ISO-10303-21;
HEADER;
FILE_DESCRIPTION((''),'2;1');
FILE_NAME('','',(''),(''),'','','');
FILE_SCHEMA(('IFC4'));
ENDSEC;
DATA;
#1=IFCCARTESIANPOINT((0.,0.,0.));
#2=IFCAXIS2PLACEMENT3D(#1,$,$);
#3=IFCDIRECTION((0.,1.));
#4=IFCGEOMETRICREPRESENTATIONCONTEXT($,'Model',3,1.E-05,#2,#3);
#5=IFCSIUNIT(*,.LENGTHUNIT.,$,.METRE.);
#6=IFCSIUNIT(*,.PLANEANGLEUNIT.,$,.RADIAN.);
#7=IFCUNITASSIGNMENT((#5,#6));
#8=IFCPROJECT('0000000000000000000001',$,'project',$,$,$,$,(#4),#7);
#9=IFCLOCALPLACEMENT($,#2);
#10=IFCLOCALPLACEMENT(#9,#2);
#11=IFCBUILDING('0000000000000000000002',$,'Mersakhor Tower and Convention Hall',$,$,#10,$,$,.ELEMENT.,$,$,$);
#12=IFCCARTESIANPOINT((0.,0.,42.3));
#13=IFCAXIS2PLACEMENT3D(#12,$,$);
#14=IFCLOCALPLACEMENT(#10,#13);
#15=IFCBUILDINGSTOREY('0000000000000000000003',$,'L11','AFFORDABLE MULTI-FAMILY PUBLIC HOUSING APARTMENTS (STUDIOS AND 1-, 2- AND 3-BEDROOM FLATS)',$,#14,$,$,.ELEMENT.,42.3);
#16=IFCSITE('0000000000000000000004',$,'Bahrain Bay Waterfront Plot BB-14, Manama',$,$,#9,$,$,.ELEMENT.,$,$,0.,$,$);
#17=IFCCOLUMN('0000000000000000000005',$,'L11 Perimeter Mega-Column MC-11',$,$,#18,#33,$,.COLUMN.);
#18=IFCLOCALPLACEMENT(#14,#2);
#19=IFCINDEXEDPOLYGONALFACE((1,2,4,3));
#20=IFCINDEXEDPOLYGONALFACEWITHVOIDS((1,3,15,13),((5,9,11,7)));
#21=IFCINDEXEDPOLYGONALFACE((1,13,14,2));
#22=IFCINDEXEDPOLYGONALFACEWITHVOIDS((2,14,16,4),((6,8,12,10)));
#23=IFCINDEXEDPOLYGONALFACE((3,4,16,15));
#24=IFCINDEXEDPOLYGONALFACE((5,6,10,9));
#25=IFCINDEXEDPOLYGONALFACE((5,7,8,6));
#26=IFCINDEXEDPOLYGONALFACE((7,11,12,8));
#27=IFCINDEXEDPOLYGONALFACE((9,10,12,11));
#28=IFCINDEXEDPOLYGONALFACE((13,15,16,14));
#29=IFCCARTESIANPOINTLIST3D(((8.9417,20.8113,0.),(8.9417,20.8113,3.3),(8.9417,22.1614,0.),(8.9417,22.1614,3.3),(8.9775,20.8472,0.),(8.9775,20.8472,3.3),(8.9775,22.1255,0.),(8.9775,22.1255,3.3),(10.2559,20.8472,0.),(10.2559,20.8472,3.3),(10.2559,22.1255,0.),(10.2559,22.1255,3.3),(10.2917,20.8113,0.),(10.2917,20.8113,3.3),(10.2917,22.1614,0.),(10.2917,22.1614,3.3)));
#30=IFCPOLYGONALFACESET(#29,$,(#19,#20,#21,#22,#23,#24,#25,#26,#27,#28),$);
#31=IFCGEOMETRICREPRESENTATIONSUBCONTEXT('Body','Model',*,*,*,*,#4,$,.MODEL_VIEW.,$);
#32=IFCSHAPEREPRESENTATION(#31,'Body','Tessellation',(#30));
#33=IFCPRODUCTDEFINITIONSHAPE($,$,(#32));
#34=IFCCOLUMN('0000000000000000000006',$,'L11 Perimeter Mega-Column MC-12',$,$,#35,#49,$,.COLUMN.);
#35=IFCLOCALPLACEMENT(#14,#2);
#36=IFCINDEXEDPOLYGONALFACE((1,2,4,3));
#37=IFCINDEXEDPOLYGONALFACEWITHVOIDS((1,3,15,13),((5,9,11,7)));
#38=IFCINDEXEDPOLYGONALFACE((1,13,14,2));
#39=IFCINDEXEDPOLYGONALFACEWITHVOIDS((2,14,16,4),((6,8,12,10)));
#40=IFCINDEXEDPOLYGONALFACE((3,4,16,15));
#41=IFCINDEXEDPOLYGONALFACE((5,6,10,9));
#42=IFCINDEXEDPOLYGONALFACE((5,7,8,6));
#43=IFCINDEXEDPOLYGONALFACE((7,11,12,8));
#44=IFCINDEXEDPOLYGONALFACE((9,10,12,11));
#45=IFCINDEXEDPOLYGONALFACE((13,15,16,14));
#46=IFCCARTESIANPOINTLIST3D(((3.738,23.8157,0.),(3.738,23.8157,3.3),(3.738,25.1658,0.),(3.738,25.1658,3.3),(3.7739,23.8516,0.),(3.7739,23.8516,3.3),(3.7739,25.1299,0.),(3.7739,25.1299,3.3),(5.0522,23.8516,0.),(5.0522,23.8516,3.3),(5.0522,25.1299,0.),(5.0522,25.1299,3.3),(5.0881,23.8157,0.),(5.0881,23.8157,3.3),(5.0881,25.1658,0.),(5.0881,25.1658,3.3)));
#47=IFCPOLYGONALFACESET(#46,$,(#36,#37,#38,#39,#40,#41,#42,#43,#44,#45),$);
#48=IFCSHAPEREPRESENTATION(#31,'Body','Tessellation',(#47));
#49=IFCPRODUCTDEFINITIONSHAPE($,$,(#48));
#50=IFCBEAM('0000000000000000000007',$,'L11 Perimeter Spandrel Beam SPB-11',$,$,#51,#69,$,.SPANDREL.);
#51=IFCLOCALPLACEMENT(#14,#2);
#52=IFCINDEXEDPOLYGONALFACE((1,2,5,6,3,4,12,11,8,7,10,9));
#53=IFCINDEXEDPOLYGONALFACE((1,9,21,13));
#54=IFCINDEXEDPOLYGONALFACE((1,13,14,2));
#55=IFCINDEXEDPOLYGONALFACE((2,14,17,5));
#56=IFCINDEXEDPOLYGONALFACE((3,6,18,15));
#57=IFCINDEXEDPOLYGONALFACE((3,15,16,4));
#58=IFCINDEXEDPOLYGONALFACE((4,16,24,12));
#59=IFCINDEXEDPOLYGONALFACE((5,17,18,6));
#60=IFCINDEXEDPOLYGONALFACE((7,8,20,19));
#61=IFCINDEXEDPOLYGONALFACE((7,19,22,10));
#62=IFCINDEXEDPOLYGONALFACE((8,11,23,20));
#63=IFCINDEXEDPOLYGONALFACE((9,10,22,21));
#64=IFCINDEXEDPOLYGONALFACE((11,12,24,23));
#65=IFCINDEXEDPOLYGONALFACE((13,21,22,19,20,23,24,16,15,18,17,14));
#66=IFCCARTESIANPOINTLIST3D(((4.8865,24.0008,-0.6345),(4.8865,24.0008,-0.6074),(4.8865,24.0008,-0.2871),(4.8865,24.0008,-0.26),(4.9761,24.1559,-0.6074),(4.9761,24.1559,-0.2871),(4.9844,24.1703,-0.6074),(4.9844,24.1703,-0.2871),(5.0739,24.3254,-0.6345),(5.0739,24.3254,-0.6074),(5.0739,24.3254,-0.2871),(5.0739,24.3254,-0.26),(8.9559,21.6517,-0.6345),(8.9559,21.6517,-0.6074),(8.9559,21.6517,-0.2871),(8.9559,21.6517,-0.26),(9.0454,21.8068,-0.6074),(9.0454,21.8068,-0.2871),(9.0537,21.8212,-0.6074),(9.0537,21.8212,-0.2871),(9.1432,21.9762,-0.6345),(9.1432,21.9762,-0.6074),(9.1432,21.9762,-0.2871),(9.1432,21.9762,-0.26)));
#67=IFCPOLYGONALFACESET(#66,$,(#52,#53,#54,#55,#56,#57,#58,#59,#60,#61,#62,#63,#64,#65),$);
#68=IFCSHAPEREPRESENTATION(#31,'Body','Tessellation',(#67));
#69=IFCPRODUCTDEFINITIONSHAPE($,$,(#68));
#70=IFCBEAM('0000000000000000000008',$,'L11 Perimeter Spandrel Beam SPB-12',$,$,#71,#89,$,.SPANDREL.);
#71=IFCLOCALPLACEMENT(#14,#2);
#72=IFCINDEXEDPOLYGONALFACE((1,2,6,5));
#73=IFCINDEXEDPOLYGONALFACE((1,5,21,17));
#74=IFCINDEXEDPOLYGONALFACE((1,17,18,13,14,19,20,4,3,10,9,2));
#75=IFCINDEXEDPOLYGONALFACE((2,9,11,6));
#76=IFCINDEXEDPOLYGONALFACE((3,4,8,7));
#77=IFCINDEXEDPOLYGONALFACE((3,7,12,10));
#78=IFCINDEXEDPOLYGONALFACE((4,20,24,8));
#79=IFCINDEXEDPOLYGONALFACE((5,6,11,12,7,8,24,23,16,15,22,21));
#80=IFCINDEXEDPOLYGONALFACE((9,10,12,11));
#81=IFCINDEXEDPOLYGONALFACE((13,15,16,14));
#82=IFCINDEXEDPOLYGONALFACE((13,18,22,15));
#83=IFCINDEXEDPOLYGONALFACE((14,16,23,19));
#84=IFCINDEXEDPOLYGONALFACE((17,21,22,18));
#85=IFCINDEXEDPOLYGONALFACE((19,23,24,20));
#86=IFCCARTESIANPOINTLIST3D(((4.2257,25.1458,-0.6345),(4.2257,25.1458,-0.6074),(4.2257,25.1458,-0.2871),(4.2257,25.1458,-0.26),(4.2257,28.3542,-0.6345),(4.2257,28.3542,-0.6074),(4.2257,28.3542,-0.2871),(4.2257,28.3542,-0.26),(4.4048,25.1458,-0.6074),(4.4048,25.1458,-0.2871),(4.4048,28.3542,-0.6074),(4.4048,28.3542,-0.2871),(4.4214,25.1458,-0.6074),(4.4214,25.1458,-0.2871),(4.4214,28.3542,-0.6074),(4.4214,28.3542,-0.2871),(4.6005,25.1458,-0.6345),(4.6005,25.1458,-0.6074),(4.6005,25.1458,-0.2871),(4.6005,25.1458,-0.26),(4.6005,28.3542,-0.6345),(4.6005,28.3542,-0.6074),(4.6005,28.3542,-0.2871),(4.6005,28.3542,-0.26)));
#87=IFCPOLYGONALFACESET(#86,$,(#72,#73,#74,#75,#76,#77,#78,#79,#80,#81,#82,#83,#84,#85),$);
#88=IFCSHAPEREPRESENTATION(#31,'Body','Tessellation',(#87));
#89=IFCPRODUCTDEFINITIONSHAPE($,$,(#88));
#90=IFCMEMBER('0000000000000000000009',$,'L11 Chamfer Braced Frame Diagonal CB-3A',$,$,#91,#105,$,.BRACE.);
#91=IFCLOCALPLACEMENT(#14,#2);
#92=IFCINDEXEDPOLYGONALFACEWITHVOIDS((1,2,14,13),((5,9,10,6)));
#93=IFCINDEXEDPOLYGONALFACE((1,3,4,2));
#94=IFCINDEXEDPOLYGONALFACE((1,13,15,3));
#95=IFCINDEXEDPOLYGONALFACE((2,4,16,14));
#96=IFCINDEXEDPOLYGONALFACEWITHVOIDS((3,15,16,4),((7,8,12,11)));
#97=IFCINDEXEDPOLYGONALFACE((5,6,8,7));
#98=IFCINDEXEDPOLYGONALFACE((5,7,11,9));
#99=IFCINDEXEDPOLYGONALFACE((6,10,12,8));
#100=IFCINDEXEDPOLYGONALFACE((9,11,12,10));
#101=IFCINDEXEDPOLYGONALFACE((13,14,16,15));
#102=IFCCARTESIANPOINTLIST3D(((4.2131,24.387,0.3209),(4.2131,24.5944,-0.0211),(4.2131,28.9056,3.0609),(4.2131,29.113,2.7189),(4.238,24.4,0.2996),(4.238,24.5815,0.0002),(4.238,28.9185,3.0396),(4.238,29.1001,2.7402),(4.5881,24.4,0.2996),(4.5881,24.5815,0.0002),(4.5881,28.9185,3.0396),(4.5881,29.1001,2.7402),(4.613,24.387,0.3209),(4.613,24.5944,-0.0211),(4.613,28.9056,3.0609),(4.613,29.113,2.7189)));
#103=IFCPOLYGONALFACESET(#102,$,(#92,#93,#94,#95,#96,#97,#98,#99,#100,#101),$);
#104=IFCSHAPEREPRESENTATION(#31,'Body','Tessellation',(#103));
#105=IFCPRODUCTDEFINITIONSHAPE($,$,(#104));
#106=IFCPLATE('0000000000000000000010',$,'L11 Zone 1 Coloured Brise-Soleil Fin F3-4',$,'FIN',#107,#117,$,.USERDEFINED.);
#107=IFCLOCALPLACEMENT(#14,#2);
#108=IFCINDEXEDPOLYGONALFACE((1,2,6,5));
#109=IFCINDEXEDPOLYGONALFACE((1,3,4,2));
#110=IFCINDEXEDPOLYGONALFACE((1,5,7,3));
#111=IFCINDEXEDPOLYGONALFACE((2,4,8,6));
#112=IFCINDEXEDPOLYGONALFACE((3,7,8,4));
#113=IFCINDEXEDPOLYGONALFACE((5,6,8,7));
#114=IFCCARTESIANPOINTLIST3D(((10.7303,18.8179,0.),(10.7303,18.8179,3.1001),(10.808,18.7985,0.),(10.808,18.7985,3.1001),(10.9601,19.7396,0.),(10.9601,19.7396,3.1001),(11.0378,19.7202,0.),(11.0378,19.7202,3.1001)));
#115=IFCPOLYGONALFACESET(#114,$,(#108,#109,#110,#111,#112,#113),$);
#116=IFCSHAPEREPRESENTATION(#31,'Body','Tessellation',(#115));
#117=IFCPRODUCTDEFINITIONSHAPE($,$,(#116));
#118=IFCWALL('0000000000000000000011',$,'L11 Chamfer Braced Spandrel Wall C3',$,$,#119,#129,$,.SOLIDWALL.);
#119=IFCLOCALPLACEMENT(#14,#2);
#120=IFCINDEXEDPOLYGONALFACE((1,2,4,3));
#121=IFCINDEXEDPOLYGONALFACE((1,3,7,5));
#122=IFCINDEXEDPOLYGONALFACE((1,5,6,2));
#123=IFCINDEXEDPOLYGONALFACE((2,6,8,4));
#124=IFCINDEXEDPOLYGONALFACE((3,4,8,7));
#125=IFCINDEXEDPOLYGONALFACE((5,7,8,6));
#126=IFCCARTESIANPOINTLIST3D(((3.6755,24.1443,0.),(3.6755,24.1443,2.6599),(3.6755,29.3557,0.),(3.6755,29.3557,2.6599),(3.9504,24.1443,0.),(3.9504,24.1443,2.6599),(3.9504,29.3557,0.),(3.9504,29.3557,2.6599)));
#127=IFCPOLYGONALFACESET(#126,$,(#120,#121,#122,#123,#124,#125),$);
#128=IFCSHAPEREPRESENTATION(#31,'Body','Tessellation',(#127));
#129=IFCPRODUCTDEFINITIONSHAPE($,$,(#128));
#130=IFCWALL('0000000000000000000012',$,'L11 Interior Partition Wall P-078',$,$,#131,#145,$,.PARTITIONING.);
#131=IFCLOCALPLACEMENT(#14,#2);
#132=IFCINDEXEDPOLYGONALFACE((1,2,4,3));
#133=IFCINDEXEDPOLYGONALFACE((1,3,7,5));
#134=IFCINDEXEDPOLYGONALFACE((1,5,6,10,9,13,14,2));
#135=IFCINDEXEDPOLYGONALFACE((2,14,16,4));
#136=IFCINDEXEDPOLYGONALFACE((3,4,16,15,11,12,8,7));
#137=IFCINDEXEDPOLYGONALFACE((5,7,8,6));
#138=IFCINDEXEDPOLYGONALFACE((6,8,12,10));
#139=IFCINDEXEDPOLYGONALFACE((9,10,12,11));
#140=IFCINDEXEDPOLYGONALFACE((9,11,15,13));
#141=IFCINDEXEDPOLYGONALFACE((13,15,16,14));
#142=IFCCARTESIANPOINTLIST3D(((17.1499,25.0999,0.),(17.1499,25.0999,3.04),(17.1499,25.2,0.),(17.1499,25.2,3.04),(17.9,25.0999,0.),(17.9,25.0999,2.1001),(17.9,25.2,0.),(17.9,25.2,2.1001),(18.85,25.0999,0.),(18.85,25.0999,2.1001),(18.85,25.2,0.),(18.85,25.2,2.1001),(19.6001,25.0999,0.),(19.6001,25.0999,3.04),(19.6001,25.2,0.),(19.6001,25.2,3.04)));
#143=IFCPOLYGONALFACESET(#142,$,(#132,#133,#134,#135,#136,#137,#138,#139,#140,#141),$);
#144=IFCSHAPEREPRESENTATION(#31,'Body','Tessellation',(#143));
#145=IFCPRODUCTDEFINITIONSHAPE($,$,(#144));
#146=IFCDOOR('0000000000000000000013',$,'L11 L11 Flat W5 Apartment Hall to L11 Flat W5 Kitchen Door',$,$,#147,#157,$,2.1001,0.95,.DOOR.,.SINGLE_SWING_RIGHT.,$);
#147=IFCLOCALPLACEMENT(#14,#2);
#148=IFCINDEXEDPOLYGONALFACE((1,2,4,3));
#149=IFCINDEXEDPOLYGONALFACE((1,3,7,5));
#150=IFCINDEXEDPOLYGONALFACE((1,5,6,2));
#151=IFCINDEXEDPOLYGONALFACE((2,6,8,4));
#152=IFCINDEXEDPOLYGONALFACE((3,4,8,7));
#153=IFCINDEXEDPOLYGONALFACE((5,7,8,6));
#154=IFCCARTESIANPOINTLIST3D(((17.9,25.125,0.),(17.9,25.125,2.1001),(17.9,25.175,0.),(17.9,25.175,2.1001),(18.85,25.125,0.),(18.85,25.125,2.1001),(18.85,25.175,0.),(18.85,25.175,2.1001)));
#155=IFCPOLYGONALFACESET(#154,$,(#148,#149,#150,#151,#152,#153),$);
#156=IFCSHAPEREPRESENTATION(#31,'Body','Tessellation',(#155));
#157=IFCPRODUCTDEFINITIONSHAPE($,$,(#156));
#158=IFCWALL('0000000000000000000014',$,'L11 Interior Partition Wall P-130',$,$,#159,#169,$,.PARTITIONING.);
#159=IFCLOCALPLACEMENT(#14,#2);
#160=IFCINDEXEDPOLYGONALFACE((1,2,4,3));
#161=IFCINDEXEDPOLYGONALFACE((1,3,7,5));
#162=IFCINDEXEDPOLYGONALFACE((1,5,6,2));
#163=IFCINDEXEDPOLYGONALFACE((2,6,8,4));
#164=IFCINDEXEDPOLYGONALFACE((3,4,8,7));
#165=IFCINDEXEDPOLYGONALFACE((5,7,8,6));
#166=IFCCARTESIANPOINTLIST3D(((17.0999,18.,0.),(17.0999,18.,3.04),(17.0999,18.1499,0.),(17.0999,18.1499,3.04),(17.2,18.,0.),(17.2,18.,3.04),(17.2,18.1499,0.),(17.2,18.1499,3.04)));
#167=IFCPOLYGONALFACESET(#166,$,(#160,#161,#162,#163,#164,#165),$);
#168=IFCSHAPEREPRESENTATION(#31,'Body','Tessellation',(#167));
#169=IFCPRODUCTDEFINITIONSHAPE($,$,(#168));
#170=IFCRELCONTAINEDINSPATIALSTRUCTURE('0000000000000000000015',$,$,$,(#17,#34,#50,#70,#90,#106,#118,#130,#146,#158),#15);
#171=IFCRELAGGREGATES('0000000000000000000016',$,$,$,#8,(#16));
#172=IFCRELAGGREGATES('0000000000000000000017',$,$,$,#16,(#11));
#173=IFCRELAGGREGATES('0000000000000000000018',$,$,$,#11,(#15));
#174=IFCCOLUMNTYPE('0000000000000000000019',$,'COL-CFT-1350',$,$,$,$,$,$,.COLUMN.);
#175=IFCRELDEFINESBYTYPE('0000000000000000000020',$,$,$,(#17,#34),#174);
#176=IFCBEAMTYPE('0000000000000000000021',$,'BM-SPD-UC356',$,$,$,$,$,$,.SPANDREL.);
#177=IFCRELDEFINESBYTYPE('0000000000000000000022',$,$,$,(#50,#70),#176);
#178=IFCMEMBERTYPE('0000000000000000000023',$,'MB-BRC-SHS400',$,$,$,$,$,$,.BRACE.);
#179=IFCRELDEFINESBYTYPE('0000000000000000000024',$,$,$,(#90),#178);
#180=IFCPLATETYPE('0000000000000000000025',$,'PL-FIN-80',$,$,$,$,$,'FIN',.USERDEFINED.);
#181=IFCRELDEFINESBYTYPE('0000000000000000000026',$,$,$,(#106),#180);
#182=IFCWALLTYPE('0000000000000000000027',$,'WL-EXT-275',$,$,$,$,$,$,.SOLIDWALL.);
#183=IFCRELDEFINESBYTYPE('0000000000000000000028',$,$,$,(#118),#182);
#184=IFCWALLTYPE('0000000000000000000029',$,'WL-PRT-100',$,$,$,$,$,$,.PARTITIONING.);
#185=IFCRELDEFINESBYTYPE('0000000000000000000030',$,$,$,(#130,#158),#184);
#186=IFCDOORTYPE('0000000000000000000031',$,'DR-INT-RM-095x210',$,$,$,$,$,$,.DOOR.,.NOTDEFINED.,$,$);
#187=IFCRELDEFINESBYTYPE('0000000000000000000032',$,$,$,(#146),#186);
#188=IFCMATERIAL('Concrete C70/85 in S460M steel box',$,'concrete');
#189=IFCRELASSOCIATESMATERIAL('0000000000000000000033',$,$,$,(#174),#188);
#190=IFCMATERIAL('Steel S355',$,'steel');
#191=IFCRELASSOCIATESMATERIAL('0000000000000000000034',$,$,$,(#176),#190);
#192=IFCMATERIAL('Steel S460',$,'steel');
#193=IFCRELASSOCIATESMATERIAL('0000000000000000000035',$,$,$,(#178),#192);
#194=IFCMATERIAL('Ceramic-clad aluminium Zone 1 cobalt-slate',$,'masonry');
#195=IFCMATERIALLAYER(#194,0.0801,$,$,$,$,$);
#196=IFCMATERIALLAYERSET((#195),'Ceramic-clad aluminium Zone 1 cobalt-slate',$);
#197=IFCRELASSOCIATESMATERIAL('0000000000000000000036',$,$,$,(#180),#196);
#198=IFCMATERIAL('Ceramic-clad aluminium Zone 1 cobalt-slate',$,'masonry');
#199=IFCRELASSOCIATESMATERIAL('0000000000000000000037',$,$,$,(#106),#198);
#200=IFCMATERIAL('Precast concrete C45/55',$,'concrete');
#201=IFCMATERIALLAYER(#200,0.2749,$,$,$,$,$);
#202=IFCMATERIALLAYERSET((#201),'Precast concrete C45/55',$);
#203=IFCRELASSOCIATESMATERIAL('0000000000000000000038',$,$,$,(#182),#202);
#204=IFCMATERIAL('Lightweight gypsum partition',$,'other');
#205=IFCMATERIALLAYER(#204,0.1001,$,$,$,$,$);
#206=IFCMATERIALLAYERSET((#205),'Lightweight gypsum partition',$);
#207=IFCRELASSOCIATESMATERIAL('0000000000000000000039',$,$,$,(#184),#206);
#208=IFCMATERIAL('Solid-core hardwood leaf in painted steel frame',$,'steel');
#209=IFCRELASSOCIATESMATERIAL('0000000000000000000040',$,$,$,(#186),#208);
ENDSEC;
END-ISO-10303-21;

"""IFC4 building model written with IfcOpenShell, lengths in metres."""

from ifc_helpers import new_model, si_unit, direction, frame, frame_2d, origin, origin_2d, place, context, subcontext, project, spatial, rectangle, hollow_rectangle, i_section, extrude, material, layer, layer_set, material_profile, profile_set, type_object, element, fill, save


model = new_model("IFC4")

# Units and contexts
model_context = context("Model", 3, precision=1e-05, world=origin(), true_north=direction((0.0, 1.0)))
body_context = subcontext(model_context, "Body", "Model", "MODEL_VIEW")
ifc_project = project(units=[si_unit("LENGTHUNIT", "METRE"), si_unit("PLANEANGLEUNIT", "RADIAN")], contexts=[model_context])

# Site, building, storey
site_placement = place(None, origin())
site = spatial("IfcSite", under=ifc_project, at=site_placement, Name="Bahrain Bay Waterfront Plot BB-14, Manama", CompositionType="ELEMENT", RefElevation=0.0)
building_placement = place(site_placement, origin())
building = spatial("IfcBuilding", under=site, at=building_placement, Name="Mersakhor Tower and Convention Hall", CompositionType="ELEMENT")
storey_placement = place(building_placement, frame((0.0, 0.0, 42.3)))
storey = spatial("IfcBuildingStorey", under=building, at=storey_placement, Name="L11", Description="AFFORDABLE MULTI-FAMILY PUBLIC HOUSING APARTMENTS (STUDIOS AND 1-, 2- AND 3-BEDROOM FLATS)", CompositionType="ELEMENT", Elevation=42.3)

# Columns
ifc_material_1 = material(Name="Concrete C70/85 in S460M steel box", Category="concrete")
ifc_material_profile_1 = material_profile(ifc_material_1, hollow_rectangle(XDim=1.3501, YDim=1.3501, WallThickness=0.0359, at=origin_2d()), Name="SHS 1350x1350x36")
ifc_profile_set_1 = profile_set([ifc_material_profile_1], Name="Concrete C70/85 in S460M steel box")
column_type = type_object("IfcColumnType", Name="COL-CFT-1350", PredefinedType="COLUMN", material=ifc_profile_set_1)
for number, where, z_axis, x_axis, name in (
    (1, (9.6167, 21.4863, 0.0), (0.0, 0.0, 1.0), (1.0, 0.0, 0.0), "L11 Perimeter Mega-Column MC-11"),
    (2, (4.4131, 24.4907, 0.0), (0.0, 0.0, 1.0), (1.0, 0.0, 0.0), "L11 Perimeter Mega-Column MC-12"),
):
    element("IfcColumn", number, at=place(storey_placement, frame(where, z_axis=z_axis, x_axis=x_axis)), inside=storey, type_object=column_type, Name=name, PredefinedType="COLUMN", context=body_context, shape_type="SweptSolid", body=[
        extrude(hollow_rectangle(XDim=1.3501, YDim=1.3501, WallThickness=0.0359, at=origin_2d()), origin(), (0.0, 0.0, 1.0), 3.3),
    ])

# Beams
ifc_material_2 = material(Name="Steel S355", Category="steel")
ifc_material_profile_2 = material_profile(ifc_material_2, i_section(OverallWidth=0.3748, OverallDepth=0.3745, WebThickness=0.0166, FlangeThickness=0.0271, at=origin_2d()), Name="UC 356x368x202")
ifc_profile_set_2 = profile_set([ifc_material_profile_2], Name="Steel S355")
beam_type = type_object("IfcBeamType", Name="BM-SPD-UC356", PredefinedType="SPANDREL", material=ifc_profile_set_2)
beam_1_placement = place(storey_placement, frame((9.0496, 21.814, -0.4473), z_axis=(-0.866054, 0.49995, 0.0), x_axis=(-0.49995, -0.866054, 0.0)))
element("IfcBeam", 3, at=beam_1_placement, inside=storey, type_object=beam_type, Name="L11 Perimeter Spandrel Beam SPB-11", PredefinedType="SPANDREL", context=body_context, shape_type="SweptSolid", body=[
    extrude(i_section(OverallWidth=0.3748, OverallDepth=0.3745, WebThickness=0.0166, FlangeThickness=0.0271, at=origin_2d()), origin(), (0.0, 0.0, 1.0), 4.6987),
])
beam_2_placement = place(storey_placement, frame((4.4131, 25.1458, -0.4473), z_axis=(0.0, 1.0, 0.0), x_axis=(-1.0, 0.0, 0.0)))
element("IfcBeam", 4, at=beam_2_placement, inside=storey, type_object=beam_type, Name="L11 Perimeter Spandrel Beam SPB-12", PredefinedType="SPANDREL", context=body_context, shape_type="SweptSolid", body=[
    extrude(i_section(OverallWidth=0.3748, OverallDepth=0.3745, WebThickness=0.0166, FlangeThickness=0.0271, at=origin_2d()), origin(), (0.0, 0.0, 1.0), 3.2085),
])

# Member
ifc_material_3 = material(Name="Steel S460", Category="steel")
ifc_material_profile_3 = material_profile(ifc_material_3, hollow_rectangle(XDim=0.3999, YDim=0.3999, WallThickness=0.0249, at=origin_2d()), Name="SHS 400x400x25")
ifc_profile_set_3 = profile_set([ifc_material_profile_3], Name="Steel S460")
member_type = type_object("IfcMemberType", Name="MB-BRC-SHS400", PredefinedType="BRACE", material=ifc_profile_set_3)
member_placement = place(storey_placement, frame((4.4131, 24.4907, 0.1499), z_axis=(0.0, 0.855074, 0.518505), x_axis=(-1.0, 0.0, 0.0)))
element("IfcMember", 5, at=member_placement, inside=storey, type_object=member_type, Name="L11 Chamfer Braced Frame Diagonal CB-3A", PredefinedType="BRACE", context=body_context, shape_type="SweptSolid", body=[
    extrude(hollow_rectangle(XDim=0.3999, YDim=0.3999, WallThickness=0.0249, at=origin_2d()), origin(), (0.0, 0.0, 1.0), 5.2844),
])

# Plate
ifc_material_4 = material(Name="Ceramic-clad aluminium Zone 1 cobalt-slate", Category="masonry")
ifc_material_5 = material(Name="Ceramic-clad aluminium Zone 1 cobalt-slate", Category="masonry")
ifc_layer_1 = layer(ifc_material_5, 0.0801)
ifc_layer_set_1 = layer_set([ifc_layer_1], Name="Ceramic-clad aluminium Zone 1 cobalt-slate")
plate_type = type_object("IfcPlateType", Name="PL-FIN-80", ElementType="FIN", PredefinedType="USERDEFINED", material=ifc_layer_set_1)
plate_placement = place(storey_placement, frame((10.884, 19.269, 0.0), z_axis=(0.0, 0.0, 1.0), x_axis=(-0.241922, -0.970296, 0.0)))
element("IfcPlate", 6, at=plate_placement, inside=storey, type_object=plate_type, material=ifc_material_4, Name="L11 Zone 1 Coloured Brise-Soleil Fin F3-4", ObjectType="FIN", PredefinedType="USERDEFINED", context=body_context, shape_type="SweptSolid", body=[
    extrude(rectangle(XDim=0.95, YDim=0.0801, at=origin_2d()), origin(), (0.0, 0.0, 1.0), 3.1001),
])

# Wall
ifc_material_6 = material(Name="Precast concrete C45/55", Category="concrete")
ifc_layer_2 = layer(ifc_material_6, 0.2749)
ifc_layer_set_2 = layer_set([ifc_layer_2], Name="Precast concrete C45/55")
wall_type_1 = type_object("IfcWallType", Name="WL-EXT-275", PredefinedType="SOLIDWALL", material=ifc_layer_set_2)
wall_1_placement = place(storey_placement, frame((3.813, 24.1443, 0.0), z_axis=(0.0, 0.0, 1.0), x_axis=(0.0, 1.0, 0.0)))
element("IfcWall", 7, at=wall_1_placement, inside=storey, type_object=wall_type_1, Name="L11 Chamfer Braced Spandrel Wall C3", PredefinedType="SOLIDWALL", context=body_context, shape_type="SweptSolid", body=[
    extrude(rectangle(XDim=5.2114, YDim=0.2749, at=frame_2d((2.6057, 0.0))), origin(), (0.0, 0.0, 1.0), 2.6599),
])

# Wall, opening, door
ifc_material_7 = material(Name="Lightweight gypsum partition", Category="other")
ifc_layer_3 = layer(ifc_material_7, 0.1001)
ifc_layer_set_3 = layer_set([ifc_layer_3], Name="Lightweight gypsum partition")
wall_type_2 = type_object("IfcWallType", Name="WL-PRT-100", PredefinedType="PARTITIONING", material=ifc_layer_set_3)
wall_2_placement = place(storey_placement, frame((19.6001, 25.1499, 0.0), z_axis=(0.0, 0.0, 1.0), x_axis=(-1.0, 0.0, 0.0)))
wall_2 = element("IfcWall", 8, at=wall_2_placement, inside=storey, type_object=wall_type_2, Name="L11 Interior Partition Wall P-078", PredefinedType="PARTITIONING", context=body_context, shape_type="SweptSolid", body=[
    extrude(rectangle(XDim=2.4502, YDim=0.1001, at=frame_2d((1.2251, 0.0))), origin(), (0.0, 0.0, 1.0), 3.04),
])
opening_1_placement = place(wall_2_placement, frame((0.75, 0.0, 0.0)))
opening_1 = element("IfcOpeningElement", 9, at=opening_1_placement, cuts=wall_2, PredefinedType="OPENING", context=body_context, shape_type="SweptSolid", body=[
    extrude(rectangle(XDim=0.95, YDim=2.1001, at=frame_2d((0.4751, 1.05))), frame((0.0, 0.0601, 0.0), z_axis=(0.0, -1.0, 0.0), x_axis=(1.0, 0.0, 0.0)), (0.0, 0.0, 1.0), 0.1201),
])
ifc_material_8 = material(Name="Solid-core hardwood leaf in painted steel frame", Category="steel")
door_type_1 = type_object("IfcDoorType", Name="DR-INT-RM-095x210", OperationType="NOTDEFINED", PredefinedType="DOOR", material=ifc_material_8)
door_1_placement = place(opening_1_placement, origin())
door_1 = element("IfcDoor", 10, at=door_1_placement, inside=storey, type_object=door_type_1, Name="L11 L11 Flat W5 Apartment Hall to L11 Flat W5 Kitchen Door", OperationType="SINGLE_SWING_RIGHT", OverallHeight=2.1001, OverallWidth=0.95, PredefinedType="DOOR", context=body_context, shape_type="SweptSolid", body=[
    extrude(rectangle(XDim=0.95, YDim=2.1001, at=frame_2d((0.4751, 1.05))), frame((0.0, 0.0249, 0.0), z_axis=(0.0, -1.0, 0.0), x_axis=(1.0, 0.0, 0.0)), (0.0, 0.0, 1.0), 0.05),
])
fill(opening_1, door_1)

# Wall
wall_3_placement = place(storey_placement, frame((17.1499, 18.1499, 0.0), z_axis=(0.0, 0.0, 1.0), x_axis=(0.0, -1.0, 0.0)))
element("IfcWall", 11, at=wall_3_placement, inside=storey, type_object=wall_type_2, Name="L11 Interior Partition Wall P-130", PredefinedType="PARTITIONING", context=body_context, shape_type="SweptSolid", body=[
    extrude(rectangle(XDim=0.1499, YDim=0.1001, at=frame_2d((0.075, 0.0))), origin(), (0.0, 0.0, 1.0), 3.04),
])

save(model, "model.ifc")
